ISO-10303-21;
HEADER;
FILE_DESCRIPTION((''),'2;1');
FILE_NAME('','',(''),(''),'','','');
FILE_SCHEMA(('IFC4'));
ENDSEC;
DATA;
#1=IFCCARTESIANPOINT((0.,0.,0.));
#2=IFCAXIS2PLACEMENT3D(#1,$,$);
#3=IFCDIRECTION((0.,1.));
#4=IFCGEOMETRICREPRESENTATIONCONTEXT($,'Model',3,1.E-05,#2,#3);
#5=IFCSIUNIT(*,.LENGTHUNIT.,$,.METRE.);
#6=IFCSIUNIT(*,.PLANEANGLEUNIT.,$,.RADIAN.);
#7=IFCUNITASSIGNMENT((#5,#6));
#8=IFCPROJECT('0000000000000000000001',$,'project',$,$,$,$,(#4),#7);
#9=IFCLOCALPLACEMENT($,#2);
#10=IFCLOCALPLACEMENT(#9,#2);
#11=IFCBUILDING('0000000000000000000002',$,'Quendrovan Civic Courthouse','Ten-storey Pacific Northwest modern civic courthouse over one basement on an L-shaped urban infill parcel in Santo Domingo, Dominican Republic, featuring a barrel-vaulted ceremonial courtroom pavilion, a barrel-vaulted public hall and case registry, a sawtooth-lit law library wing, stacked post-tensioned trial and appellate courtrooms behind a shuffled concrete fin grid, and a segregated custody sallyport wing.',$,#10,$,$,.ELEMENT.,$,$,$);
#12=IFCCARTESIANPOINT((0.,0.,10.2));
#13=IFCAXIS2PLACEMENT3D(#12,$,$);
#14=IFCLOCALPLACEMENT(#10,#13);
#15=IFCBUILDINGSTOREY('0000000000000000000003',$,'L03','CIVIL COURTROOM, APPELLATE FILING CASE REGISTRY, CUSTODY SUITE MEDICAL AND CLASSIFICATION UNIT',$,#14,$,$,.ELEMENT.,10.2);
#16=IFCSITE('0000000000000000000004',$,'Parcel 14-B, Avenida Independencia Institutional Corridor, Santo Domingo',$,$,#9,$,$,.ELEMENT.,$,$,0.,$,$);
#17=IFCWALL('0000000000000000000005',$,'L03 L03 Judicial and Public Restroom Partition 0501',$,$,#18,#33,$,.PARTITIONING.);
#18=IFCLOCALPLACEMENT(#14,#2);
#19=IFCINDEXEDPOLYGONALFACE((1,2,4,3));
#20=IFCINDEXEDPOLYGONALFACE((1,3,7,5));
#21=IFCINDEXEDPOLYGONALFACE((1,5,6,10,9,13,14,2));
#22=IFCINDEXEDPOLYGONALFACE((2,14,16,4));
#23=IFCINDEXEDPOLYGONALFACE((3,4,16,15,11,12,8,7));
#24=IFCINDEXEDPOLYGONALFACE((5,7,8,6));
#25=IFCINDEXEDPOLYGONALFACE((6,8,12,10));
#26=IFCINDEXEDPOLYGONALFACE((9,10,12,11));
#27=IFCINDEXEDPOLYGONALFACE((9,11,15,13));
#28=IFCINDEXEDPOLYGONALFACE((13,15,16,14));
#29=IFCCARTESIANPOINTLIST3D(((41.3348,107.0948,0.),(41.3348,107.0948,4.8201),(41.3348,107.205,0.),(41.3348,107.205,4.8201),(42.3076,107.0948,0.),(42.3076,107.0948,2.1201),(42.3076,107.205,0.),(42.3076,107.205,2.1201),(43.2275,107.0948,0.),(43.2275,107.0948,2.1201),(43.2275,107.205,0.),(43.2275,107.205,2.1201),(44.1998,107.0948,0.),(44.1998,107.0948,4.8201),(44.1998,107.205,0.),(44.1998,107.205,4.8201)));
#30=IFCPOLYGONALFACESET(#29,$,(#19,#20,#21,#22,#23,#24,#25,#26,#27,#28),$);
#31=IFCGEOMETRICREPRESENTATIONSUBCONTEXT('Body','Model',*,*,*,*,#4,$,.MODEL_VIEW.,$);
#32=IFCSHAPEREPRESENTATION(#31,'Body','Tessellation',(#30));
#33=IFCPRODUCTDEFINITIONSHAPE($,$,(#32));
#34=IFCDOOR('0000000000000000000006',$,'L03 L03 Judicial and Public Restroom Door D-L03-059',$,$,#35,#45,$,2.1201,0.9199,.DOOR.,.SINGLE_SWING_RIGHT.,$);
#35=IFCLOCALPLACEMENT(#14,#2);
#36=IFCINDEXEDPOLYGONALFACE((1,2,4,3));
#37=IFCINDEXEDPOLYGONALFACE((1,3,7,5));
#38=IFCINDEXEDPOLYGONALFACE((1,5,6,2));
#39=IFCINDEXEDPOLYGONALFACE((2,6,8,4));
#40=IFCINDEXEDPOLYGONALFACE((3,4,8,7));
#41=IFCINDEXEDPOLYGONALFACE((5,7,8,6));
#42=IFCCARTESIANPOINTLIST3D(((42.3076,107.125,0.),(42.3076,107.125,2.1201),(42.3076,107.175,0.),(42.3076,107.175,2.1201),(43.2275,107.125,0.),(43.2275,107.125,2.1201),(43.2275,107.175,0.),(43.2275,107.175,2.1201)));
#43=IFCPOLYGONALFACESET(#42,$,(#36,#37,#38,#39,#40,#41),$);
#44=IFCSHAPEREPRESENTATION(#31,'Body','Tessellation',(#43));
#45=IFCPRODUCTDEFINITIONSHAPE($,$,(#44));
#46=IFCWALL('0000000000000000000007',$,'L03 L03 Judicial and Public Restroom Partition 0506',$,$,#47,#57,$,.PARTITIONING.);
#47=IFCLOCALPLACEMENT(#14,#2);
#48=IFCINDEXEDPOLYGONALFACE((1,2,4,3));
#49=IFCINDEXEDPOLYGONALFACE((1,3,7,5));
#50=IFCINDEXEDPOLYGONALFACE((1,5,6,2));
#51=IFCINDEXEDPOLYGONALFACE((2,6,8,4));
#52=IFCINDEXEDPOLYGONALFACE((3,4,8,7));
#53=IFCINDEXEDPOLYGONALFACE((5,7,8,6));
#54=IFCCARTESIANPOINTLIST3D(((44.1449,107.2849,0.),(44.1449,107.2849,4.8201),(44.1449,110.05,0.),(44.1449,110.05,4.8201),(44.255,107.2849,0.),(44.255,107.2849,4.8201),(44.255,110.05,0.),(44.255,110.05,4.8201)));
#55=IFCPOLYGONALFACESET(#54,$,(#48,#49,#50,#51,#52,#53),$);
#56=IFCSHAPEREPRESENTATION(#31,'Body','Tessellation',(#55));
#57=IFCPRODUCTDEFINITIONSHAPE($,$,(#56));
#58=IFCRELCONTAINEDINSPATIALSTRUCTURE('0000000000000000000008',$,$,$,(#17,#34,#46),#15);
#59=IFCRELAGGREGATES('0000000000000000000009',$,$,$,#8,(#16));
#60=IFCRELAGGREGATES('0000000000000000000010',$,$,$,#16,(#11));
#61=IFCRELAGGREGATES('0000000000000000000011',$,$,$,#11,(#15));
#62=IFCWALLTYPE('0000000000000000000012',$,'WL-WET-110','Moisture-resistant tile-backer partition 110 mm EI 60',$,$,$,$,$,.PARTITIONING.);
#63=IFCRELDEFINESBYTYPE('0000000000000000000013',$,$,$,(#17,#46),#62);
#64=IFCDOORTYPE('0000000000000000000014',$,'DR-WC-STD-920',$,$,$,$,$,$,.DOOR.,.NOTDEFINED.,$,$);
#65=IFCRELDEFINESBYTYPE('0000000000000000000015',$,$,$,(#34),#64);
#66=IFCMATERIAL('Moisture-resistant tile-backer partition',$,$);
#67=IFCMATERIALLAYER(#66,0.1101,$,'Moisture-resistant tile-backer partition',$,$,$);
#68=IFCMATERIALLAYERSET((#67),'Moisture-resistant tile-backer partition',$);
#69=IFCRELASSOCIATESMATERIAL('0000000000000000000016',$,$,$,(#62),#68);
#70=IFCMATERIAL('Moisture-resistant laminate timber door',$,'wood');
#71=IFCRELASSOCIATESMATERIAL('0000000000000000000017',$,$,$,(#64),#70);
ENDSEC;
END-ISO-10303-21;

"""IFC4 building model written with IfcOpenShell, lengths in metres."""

from ifc_helpers import new_model, si_unit, direction, frame, frame_2d, origin, place, context, subcontext, project, spatial, rectangle, extrude, material, layer, layer_set, type_object, element, fill, save


model = new_model("IFC4")

# Units and contexts
model_context = context("Model", 3, precision=1e-05, world=origin(), true_north=direction((0.0, 1.0)))
body_context = subcontext(model_context, "Body", "Model", "MODEL_VIEW")
ifc_project = project(units=[si_unit("LENGTHUNIT", "METRE"), si_unit("PLANEANGLEUNIT", "RADIAN")], contexts=[model_context])

# Site, building, storey
site_placement = place(None, origin())
site = spatial("IfcSite", under=ifc_project, at=site_placement, Name="Parcel 14-B, Avenida Independencia Institutional Corridor, Santo Domingo", CompositionType="ELEMENT", RefElevation=0.0)
building_placement = place(site_placement, origin())
building = spatial("IfcBuilding", under=site, at=building_placement, Name="Quendrovan Civic Courthouse", Description="Ten-storey Pacific Northwest modern civic courthouse over one basement on an L-shaped urban infill parcel in Santo Domingo, Dominican Republic, featuring a barrel-vaulted ceremonial courtroom pavilion, a barrel-vaulted public hall and case registry, a sawtooth-lit law library wing, stacked post-tensioned trial and appellate courtrooms behind a shuffled concrete fin grid, and a segregated custody sallyport wing.", CompositionType="ELEMENT")
storey_placement = place(building_placement, frame((0.0, 0.0, 10.2)))
storey = spatial("IfcBuildingStorey", under=building, at=storey_placement, Name="L03", Description="CIVIL COURTROOM, APPELLATE FILING CASE REGISTRY, CUSTODY SUITE MEDICAL AND CLASSIFICATION UNIT", CompositionType="ELEMENT", Elevation=10.2)

# Wall, opening, door
ifc_material_1 = material(Name="Moisture-resistant tile-backer partition")
ifc_layer_1 = layer(ifc_material_1, 0.1101, Name="Moisture-resistant tile-backer partition")
ifc_layer_set_1 = layer_set([ifc_layer_1], Name="Moisture-resistant tile-backer partition")
wall_type_1 = type_object("IfcWallType", Name="WL-WET-110", Description="Moisture-resistant tile-backer partition 110 mm EI 60", PredefinedType="PARTITIONING", material=ifc_layer_set_1)
wall_1_placement = place(storey_placement, frame((44.2, 107.1499, 0.0), z_axis=(0.0, 0.0, 1.0), x_axis=(-1.0, 0.0, 0.0)))
wall_1 = element("IfcWall", 1, at=wall_1_placement, inside=storey, type_object=wall_type_1, Name="L03 L03 Judicial and Public Restroom Partition 0501", PredefinedType="PARTITIONING", context=body_context, shape_type="SweptSolid", body=[
    extrude(rectangle(XDim=2.865, YDim=0.1101, at=frame_2d((1.4326, 0.0))), origin(), (0.0, 0.0, 1.0), 4.8201),
])
opening_1_placement = place(wall_1_placement, frame((0.9724, 0.0, 0.0)))
opening_1 = element("IfcOpeningElement", 2, at=opening_1_placement, cuts=wall_1, PredefinedType="OPENING", context=body_context, shape_type="SweptSolid", body=[
    extrude(rectangle(XDim=0.9199, YDim=2.1201, at=frame_2d((0.46, 1.0601))), frame((0.0, 0.0649, 0.0), z_axis=(0.0, -1.0, 0.0), x_axis=(1.0, 0.0, 0.0)), (0.0, 0.0, 1.0), 0.1301),
])
ifc_material_2 = material(Name="Moisture-resistant laminate timber door", Category="wood")
door_type_1 = type_object("IfcDoorType", Name="DR-WC-STD-920", OperationType="NOTDEFINED", PredefinedType="DOOR", material=ifc_material_2)
door_1_placement = place(opening_1_placement, origin())
door_1 = element("IfcDoor", 3, at=door_1_placement, inside=storey, type_object=door_type_1, Name="L03 L03 Judicial and Public Restroom Door D-L03-059", OperationType="SINGLE_SWING_RIGHT", OverallHeight=2.1201, OverallWidth=0.9199, PredefinedType="DOOR", context=body_context, shape_type="SweptSolid", body=[
    extrude(rectangle(XDim=0.9199, YDim=2.1201, at=frame_2d((0.46, 1.0601))), frame((0.0, 0.0249, 0.0), z_axis=(0.0, -1.0, 0.0), x_axis=(1.0, 0.0, 0.0)), (0.0, 0.0, 1.0), 0.05),
])
fill(opening_1, door_1)

# Wall
wall_2_placement = place(storey_placement, frame((44.2, 110.05, 0.0), z_axis=(0.0, 0.0, 1.0), x_axis=(0.0, -1.0, 0.0)))
element("IfcWall", 4, at=wall_2_placement, inside=storey, type_object=wall_type_1, Name="L03 L03 Judicial and Public Restroom Partition 0506", PredefinedType="PARTITIONING", context=body_context, shape_type="SweptSolid", body=[
    extrude(rectangle(XDim=2.7651, YDim=0.1101, at=frame_2d((1.3826, 0.0))), origin(), (0.0, 0.0, 1.0), 4.8201),
])

save(model, "model.ifc")
